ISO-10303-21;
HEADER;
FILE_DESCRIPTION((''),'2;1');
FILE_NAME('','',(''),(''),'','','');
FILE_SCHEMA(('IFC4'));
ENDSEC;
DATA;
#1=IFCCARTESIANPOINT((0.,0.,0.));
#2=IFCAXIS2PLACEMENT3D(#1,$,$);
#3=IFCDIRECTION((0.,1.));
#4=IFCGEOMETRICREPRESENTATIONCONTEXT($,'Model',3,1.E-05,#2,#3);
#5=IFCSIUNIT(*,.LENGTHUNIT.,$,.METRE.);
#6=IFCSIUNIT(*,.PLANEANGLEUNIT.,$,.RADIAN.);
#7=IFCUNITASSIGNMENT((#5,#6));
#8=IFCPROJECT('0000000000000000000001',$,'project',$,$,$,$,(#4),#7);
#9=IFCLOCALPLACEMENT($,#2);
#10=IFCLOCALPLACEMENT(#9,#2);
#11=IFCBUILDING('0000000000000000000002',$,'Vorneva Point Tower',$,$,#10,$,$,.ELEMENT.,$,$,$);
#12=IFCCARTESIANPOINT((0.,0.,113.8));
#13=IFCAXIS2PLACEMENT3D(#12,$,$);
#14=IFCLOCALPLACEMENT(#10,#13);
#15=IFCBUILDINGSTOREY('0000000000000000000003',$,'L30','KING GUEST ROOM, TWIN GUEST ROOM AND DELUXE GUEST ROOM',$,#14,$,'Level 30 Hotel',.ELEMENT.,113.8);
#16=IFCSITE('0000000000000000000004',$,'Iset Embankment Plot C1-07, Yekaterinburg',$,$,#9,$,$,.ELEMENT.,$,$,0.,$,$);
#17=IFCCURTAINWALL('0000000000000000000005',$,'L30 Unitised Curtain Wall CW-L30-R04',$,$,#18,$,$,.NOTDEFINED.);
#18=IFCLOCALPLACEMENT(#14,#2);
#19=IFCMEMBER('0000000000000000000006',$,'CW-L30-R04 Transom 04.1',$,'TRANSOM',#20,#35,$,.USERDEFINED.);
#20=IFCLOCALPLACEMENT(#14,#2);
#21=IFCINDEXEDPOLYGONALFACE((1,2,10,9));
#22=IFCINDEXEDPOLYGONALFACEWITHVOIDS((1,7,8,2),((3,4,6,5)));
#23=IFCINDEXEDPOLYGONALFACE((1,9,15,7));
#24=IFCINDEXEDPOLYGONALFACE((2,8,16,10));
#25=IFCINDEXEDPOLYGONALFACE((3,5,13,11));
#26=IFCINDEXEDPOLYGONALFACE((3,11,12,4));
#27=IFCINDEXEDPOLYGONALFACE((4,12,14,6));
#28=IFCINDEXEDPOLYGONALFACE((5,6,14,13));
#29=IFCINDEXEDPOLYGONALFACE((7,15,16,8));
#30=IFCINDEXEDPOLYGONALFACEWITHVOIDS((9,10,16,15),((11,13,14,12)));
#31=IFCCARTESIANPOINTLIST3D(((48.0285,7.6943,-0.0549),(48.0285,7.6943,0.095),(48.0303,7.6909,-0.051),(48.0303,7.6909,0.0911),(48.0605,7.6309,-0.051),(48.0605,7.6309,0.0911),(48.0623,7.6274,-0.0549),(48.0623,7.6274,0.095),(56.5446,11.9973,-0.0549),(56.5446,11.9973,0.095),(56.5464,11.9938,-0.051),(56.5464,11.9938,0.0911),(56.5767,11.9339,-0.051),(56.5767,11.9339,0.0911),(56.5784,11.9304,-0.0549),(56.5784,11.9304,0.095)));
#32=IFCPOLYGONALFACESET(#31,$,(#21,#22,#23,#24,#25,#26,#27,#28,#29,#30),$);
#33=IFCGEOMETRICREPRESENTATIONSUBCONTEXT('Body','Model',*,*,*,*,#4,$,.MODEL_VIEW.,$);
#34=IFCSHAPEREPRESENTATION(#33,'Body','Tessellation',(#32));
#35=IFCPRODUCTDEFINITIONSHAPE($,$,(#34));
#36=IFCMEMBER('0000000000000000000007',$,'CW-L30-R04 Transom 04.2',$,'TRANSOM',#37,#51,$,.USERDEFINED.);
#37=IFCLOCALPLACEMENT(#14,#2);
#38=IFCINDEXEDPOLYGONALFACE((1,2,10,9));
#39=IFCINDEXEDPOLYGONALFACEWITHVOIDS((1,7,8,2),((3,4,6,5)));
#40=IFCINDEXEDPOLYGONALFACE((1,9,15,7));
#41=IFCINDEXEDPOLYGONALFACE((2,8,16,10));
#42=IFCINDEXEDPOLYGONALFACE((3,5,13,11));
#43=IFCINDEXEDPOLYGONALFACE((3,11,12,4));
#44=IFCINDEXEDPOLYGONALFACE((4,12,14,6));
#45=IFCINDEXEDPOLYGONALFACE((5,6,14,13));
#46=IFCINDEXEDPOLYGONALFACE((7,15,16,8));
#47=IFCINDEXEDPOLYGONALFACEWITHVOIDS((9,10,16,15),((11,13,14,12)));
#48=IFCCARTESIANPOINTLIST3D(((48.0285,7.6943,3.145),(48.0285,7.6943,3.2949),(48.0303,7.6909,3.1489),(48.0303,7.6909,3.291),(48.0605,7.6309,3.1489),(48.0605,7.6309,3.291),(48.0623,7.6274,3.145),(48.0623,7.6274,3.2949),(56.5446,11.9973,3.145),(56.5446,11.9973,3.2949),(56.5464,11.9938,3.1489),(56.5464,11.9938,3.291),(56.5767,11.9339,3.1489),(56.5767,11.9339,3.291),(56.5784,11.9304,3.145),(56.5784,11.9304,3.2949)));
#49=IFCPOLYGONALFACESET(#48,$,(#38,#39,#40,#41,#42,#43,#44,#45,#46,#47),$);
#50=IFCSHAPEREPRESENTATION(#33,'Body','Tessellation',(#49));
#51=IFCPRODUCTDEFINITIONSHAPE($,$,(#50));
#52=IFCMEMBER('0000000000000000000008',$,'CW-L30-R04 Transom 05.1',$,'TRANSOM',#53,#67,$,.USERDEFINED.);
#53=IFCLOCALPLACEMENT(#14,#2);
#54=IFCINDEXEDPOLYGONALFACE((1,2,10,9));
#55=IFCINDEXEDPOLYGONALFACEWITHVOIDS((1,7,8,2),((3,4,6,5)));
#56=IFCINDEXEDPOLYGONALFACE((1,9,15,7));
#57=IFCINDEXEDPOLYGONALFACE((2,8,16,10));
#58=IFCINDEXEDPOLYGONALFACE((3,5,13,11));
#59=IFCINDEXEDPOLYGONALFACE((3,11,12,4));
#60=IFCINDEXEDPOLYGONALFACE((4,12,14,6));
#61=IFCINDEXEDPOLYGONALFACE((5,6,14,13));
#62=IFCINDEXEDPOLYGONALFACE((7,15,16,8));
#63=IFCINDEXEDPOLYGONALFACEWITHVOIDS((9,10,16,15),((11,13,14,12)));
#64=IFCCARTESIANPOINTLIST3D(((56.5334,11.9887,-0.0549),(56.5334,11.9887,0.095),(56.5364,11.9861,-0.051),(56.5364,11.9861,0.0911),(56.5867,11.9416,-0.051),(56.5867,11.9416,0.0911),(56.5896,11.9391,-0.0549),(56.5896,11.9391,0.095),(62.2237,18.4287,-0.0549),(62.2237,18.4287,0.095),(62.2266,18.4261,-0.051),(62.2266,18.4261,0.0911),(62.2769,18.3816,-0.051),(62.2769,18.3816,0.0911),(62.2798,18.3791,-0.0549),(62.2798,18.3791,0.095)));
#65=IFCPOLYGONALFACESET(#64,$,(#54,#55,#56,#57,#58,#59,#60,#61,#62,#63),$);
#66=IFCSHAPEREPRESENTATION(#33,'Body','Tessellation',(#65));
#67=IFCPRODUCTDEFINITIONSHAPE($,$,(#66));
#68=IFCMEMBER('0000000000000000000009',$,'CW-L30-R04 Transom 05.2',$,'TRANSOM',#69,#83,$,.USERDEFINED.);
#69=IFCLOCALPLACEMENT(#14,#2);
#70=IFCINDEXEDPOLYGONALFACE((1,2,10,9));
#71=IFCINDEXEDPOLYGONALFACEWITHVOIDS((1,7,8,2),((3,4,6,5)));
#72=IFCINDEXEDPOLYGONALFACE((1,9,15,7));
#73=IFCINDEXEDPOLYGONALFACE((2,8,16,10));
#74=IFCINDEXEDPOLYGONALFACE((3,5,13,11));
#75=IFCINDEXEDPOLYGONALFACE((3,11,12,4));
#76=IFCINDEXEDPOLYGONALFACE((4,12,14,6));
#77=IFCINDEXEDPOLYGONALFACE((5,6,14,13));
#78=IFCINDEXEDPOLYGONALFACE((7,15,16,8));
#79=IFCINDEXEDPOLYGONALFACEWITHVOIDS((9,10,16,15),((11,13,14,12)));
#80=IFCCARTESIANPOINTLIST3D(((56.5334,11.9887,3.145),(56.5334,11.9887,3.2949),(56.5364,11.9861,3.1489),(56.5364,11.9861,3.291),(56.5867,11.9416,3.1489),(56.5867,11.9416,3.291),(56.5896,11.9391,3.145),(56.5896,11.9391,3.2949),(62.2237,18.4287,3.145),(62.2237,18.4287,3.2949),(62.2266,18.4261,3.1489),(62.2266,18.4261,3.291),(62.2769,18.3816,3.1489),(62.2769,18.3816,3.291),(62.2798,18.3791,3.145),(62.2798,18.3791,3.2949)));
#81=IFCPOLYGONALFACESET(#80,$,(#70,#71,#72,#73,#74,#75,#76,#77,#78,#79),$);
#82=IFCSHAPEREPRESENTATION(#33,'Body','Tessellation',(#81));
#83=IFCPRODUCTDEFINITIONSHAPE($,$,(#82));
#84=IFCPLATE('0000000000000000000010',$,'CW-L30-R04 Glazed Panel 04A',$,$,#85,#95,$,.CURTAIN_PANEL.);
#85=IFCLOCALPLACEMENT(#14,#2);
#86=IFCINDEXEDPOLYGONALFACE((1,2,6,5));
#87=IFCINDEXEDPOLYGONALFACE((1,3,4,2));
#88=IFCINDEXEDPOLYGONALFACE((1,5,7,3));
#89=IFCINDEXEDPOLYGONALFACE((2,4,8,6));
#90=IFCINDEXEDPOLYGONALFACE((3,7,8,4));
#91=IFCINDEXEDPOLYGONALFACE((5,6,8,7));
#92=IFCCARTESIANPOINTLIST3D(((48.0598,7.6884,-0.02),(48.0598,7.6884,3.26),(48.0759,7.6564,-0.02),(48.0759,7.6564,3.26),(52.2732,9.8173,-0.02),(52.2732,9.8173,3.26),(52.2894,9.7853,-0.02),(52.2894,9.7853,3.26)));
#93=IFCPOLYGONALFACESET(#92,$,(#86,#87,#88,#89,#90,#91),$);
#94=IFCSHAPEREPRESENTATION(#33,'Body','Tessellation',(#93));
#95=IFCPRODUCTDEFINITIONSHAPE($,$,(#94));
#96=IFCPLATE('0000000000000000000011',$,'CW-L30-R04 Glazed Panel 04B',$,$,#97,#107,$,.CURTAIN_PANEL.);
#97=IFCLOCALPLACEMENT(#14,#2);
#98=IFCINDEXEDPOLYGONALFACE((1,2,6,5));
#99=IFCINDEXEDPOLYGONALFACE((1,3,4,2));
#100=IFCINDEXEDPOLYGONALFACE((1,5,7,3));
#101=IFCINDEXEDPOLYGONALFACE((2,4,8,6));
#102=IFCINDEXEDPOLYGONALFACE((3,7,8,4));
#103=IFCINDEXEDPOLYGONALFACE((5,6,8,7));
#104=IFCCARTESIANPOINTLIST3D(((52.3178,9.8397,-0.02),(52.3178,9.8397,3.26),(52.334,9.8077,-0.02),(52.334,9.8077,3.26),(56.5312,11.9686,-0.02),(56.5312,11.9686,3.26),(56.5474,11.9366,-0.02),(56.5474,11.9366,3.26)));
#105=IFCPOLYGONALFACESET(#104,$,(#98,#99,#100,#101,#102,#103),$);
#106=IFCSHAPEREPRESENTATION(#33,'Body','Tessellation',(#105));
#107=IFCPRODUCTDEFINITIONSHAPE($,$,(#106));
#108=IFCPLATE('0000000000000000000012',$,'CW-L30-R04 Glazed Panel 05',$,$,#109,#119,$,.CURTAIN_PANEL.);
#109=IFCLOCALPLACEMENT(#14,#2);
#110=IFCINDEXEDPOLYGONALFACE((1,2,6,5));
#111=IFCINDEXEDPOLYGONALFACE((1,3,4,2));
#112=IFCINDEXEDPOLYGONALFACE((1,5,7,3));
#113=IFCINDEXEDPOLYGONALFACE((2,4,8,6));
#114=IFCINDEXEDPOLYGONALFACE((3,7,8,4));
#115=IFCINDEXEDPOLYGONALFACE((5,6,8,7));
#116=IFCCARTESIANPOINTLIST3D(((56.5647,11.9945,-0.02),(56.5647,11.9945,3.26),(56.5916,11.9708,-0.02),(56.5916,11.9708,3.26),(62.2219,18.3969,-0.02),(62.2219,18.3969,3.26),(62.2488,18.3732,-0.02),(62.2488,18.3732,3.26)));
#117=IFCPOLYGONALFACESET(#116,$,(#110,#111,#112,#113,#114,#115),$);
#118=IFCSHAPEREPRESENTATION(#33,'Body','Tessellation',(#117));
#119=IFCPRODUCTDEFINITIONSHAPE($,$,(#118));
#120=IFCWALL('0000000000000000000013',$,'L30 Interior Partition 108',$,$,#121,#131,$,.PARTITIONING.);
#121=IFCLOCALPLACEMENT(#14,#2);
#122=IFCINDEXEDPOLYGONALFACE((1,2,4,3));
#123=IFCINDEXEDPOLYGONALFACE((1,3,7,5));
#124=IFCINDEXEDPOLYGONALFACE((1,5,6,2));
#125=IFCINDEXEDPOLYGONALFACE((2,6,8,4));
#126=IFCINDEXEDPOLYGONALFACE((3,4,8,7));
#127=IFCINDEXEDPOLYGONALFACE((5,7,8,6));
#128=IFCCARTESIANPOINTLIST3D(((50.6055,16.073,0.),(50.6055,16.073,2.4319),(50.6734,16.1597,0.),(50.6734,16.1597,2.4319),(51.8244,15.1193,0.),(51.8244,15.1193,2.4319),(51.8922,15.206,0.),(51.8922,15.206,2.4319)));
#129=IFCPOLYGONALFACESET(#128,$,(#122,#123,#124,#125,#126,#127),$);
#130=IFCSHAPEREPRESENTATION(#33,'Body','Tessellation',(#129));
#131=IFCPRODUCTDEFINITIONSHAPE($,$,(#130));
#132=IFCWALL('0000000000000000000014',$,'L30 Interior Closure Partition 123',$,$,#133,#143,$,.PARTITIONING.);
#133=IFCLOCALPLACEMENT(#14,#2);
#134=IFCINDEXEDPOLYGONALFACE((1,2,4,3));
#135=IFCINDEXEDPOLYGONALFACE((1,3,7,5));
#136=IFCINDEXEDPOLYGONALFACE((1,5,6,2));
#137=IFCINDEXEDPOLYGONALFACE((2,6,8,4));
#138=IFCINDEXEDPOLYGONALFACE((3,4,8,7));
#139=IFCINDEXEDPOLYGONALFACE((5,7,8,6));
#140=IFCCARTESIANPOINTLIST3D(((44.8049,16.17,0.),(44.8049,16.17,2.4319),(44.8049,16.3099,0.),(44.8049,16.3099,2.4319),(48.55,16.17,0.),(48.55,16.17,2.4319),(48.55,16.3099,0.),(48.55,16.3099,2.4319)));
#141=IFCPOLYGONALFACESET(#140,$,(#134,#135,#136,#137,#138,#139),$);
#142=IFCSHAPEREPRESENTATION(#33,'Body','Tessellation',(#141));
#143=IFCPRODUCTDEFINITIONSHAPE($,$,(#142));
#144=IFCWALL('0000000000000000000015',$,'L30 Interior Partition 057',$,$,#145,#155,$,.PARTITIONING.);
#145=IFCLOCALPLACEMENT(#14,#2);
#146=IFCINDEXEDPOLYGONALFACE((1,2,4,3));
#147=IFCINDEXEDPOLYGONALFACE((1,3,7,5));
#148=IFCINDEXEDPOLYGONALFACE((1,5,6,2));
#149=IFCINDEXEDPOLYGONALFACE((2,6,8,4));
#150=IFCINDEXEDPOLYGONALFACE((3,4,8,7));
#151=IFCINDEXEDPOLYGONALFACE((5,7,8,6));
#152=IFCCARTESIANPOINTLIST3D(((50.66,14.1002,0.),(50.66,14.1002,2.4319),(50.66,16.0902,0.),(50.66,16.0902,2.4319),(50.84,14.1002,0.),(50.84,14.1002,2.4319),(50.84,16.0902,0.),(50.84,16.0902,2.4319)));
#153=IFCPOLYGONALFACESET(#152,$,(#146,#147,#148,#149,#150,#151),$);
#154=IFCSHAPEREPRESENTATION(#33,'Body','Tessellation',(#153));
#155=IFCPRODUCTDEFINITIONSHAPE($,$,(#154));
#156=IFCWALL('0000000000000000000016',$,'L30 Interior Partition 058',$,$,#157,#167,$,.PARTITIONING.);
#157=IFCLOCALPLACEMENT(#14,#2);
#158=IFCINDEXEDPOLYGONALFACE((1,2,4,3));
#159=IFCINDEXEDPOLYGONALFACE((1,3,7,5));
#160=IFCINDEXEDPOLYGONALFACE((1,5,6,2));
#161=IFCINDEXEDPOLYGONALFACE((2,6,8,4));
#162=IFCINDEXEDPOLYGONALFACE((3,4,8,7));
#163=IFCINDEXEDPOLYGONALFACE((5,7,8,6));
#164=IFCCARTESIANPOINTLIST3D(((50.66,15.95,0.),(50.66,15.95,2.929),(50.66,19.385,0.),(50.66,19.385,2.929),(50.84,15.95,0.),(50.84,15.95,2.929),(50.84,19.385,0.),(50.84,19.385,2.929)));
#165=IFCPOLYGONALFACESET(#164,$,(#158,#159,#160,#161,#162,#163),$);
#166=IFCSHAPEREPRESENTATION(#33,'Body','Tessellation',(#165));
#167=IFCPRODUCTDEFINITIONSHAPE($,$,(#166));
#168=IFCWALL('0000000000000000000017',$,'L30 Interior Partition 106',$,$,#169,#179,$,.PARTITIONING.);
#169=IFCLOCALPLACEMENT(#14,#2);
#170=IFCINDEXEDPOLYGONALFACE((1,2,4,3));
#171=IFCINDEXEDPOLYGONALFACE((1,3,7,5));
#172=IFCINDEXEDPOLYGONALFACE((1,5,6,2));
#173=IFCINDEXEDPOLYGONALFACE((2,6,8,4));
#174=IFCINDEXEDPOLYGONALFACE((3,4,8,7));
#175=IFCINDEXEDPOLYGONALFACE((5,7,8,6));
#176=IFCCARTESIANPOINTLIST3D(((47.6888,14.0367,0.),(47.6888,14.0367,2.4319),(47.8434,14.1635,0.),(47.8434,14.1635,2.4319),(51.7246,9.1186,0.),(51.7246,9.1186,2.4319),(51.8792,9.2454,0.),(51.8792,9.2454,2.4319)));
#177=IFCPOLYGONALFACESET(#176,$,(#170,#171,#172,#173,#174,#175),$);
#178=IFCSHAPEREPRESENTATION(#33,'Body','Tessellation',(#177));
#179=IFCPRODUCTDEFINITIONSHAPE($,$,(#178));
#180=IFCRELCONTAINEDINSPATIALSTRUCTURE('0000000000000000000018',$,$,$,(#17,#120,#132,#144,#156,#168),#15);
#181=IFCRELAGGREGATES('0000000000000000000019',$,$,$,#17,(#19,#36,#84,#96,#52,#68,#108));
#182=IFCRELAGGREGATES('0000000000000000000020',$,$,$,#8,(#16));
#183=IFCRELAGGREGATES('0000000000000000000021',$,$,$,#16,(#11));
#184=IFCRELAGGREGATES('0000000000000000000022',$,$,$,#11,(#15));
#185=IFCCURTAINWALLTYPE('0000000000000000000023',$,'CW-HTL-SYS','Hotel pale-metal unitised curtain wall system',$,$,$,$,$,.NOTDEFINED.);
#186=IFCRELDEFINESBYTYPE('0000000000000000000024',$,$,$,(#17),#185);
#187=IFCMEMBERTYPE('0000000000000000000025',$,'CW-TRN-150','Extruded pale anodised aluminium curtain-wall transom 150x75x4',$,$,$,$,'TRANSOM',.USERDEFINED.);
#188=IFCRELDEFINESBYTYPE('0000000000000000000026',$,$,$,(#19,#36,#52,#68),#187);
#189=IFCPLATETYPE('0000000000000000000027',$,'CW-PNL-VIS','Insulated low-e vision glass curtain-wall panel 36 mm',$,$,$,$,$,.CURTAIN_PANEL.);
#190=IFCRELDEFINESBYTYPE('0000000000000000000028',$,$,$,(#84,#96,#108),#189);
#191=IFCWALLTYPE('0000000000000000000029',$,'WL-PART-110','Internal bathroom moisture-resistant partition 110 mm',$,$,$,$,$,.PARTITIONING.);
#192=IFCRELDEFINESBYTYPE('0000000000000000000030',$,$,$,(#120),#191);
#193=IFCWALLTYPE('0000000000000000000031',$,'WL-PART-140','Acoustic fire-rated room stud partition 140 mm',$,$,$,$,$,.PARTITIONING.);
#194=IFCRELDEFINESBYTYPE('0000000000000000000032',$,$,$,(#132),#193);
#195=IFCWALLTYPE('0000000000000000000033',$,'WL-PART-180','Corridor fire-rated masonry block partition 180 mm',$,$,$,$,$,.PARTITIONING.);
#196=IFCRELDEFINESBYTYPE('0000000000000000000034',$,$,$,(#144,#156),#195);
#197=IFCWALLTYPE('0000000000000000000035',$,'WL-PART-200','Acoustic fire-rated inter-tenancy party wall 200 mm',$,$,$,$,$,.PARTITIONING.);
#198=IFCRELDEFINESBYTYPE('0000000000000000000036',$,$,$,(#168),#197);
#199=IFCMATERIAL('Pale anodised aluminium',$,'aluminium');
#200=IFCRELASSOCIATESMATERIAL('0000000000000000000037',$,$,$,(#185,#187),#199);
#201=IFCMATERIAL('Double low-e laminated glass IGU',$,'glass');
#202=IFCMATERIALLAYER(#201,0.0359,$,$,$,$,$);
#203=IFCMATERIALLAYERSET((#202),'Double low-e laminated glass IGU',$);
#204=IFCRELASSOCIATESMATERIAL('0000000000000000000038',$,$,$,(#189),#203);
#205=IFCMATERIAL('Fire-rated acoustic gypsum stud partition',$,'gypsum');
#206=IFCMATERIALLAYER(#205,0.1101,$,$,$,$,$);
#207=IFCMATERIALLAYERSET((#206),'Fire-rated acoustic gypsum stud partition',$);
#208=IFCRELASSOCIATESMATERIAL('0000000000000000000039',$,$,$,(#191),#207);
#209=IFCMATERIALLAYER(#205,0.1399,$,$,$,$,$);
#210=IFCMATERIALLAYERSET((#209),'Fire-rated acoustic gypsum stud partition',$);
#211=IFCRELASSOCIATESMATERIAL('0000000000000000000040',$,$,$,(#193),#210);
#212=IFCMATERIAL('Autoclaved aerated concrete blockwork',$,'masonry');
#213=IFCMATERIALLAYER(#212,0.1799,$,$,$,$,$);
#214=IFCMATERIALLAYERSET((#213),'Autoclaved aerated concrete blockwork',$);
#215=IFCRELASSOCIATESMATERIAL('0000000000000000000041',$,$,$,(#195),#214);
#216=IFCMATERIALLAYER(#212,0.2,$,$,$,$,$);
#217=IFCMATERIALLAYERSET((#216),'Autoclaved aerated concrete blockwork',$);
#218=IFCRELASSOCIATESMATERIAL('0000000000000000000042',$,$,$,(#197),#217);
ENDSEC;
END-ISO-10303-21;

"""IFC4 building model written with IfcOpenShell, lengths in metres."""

from ifc_helpers import new_model, si_unit, direction, frame, frame_2d, origin, origin_2d, place, context, subcontext, project, spatial, rectangle, hollow_rectangle, extrude, material, layer, layer_set, material_profile, profile_set, type_object, element, aggregate, save


model = new_model("IFC4")

# Units and contexts
model_context = context("Model", 3, precision=1e-05, world=origin(), true_north=direction((0.0, 1.0)))
body_context = subcontext(model_context, "Body", "Model", "MODEL_VIEW")
ifc_project = project(units=[si_unit("LENGTHUNIT", "METRE"), si_unit("PLANEANGLEUNIT", "RADIAN")], contexts=[model_context])

# Site, building, storey
site_placement = place(None, origin())
site = spatial("IfcSite", under=ifc_project, at=site_placement, Name="Iset Embankment Plot C1-07, Yekaterinburg", CompositionType="ELEMENT", RefElevation=0.0)
building_placement = place(site_placement, origin())
building = spatial("IfcBuilding", under=site, at=building_placement, Name="Vorneva Point Tower", CompositionType="ELEMENT")
storey_placement = place(building_placement, frame((0.0, 0.0, 113.8)))
storey = spatial("IfcBuildingStorey", under=building, at=storey_placement, Name="L30", Description="KING GUEST ROOM, TWIN GUEST ROOM AND DELUXE GUEST ROOM", LongName="Level 30 Hotel", CompositionType="ELEMENT", Elevation=113.8)

# Curtain wall, members, plates
ifc_material_1 = material(Name="Pale anodised aluminium", Category="aluminium")
curtain_wall_type = type_object("IfcCurtainWallType", Name="CW-HTL-SYS", Description="Hotel pale-metal unitised curtain wall system", PredefinedType="NOTDEFINED", material=ifc_material_1)
curtain_wall_placement = place(storey_placement, origin())
curtain_wall = element("IfcCurtainWall", 1, at=curtain_wall_placement, inside=storey, type_object=curtain_wall_type, Name="L30 Unitised Curtain Wall CW-L30-R04", PredefinedType="NOTDEFINED")
ifc_material_profile_1 = material_profile(ifc_material_1, hollow_rectangle(XDim=0.075, YDim=0.1499, WallThickness=0.0039, at=origin_2d()), Name="AL-TRN 150x75x4")
ifc_profile_set_1 = profile_set([ifc_material_profile_1], Name="Pale anodised aluminium")
member_type_1 = type_object("IfcMemberType", Name="CW-TRN-150", Description="Extruded pale anodised aluminium curtain-wall transom 150x75x4", ElementType="TRANSOM", PredefinedType="USERDEFINED", material=ifc_profile_set_1)
member_1_placement = place(storey_placement, frame((48.0454, 7.6609, 0.02), z_axis=(0.892536, 0.450976, 0.0), x_axis=(-0.450976, 0.892536, 0.0)))
member_1 = element("IfcMember", 2, at=member_1_placement, type_object=member_type_1, Name="CW-L30-R04 Transom 04.1", ObjectType="TRANSOM", PredefinedType="USERDEFINED", context=body_context, shape_type="SweptSolid", body=[
    extrude(hollow_rectangle(XDim=0.075, YDim=0.1499, WallThickness=0.0039, at=origin_2d()), origin(), (0.0, 0.0, 1.0), 9.5415),
])
member_2_placement = place(storey_placement, frame((48.0454, 7.6609, 3.22), z_axis=(0.892536, 0.450976, 0.0), x_axis=(-0.450976, 0.892536, 0.0)))
member_2 = element("IfcMember", 3, at=member_2_placement, type_object=member_type_1, Name="CW-L30-R04 Transom 04.2", ObjectType="TRANSOM", PredefinedType="USERDEFINED", context=body_context, shape_type="SweptSolid", body=[
    extrude(hollow_rectangle(XDim=0.075, YDim=0.1499, WallThickness=0.0039, at=origin_2d()), origin(), (0.0, 0.0, 1.0), 9.5415),
])
member_3_placement = place(storey_placement, frame((56.5615, 11.9639, 0.02), z_axis=(0.662137, 0.749383, 0.0), x_axis=(-0.749383, 0.662137, 0.0)))
member_3 = element("IfcMember", 4, at=member_3_placement, type_object=member_type_1, Name="CW-L30-R04 Transom 05.1", ObjectType="TRANSOM", PredefinedType="USERDEFINED", context=body_context, shape_type="SweptSolid", body=[
    extrude(hollow_rectangle(XDim=0.075, YDim=0.1499, WallThickness=0.0039, at=origin_2d()), origin(), (0.0, 0.0, 1.0), 8.5938),
])
member_4_placement = place(storey_placement, frame((56.5615, 11.9639, 3.22), z_axis=(0.662137, 0.749383, 0.0), x_axis=(-0.749383, 0.662137, 0.0)))
member_4 = element("IfcMember", 5, at=member_4_placement, type_object=member_type_1, Name="CW-L30-R04 Transom 05.2", ObjectType="TRANSOM", PredefinedType="USERDEFINED", context=body_context, shape_type="SweptSolid", body=[
    extrude(hollow_rectangle(XDim=0.075, YDim=0.1499, WallThickness=0.0039, at=origin_2d()), origin(), (0.0, 0.0, 1.0), 8.5938),
])
ifc_material_2 = material(Name="Double low-e laminated glass IGU", Category="glass")
ifc_layer_1 = layer(ifc_material_2, 0.0359)
ifc_layer_set_1 = layer_set([ifc_layer_1], Name="Double low-e laminated glass IGU")
plate_type = type_object("IfcPlateType", Name="CW-PNL-VIS", Description="Insulated low-e vision glass curtain-wall panel 36 mm", PredefinedType="CURTAIN_PANEL", material=ifc_layer_set_1)
plate_1_placement = place(storey_placement, frame((50.1746, 8.7368, -0.02), z_axis=(0.0, 0.0, 1.0), x_axis=(0.892539, 0.450971, 0.0)))
plate_1 = element("IfcPlate", 6, at=plate_1_placement, type_object=plate_type, Name="CW-L30-R04 Glazed Panel 04A", PredefinedType="CURTAIN_PANEL", context=body_context, shape_type="SweptSolid", body=[
    extrude(rectangle(XDim=4.7207, YDim=0.0359, at=origin_2d()), origin(), (0.0, 0.0, 1.0), 3.28),
])
plate_2_placement = place(storey_placement, frame((54.4326, 10.8882, -0.02), z_axis=(0.0, 0.0, 1.0), x_axis=(0.892539, 0.450971, 0.0)))
plate_2 = element("IfcPlate", 7, at=plate_2_placement, type_object=plate_type, Name="CW-L30-R04 Glazed Panel 04B", PredefinedType="CURTAIN_PANEL", context=body_context, shape_type="SweptSolid", body=[
    extrude(rectangle(XDim=4.7207, YDim=0.0359, at=origin_2d()), origin(), (0.0, 0.0, 1.0), 3.28),
])
plate_3_placement = place(storey_placement, frame((59.4067, 15.1838, -0.02), z_axis=(0.0, 0.0, 1.0), x_axis=(0.662149, 0.749372, 0.0)))
plate_3 = element("IfcPlate", 8, at=plate_3_placement, type_object=plate_type, Name="CW-L30-R04 Glazed Panel 05", PredefinedType="CURTAIN_PANEL", context=body_context, shape_type="SweptSolid", body=[
    extrude(rectangle(XDim=8.5437, YDim=0.0359, at=origin_2d()), origin(), (0.0, 0.0, 1.0), 3.28),
])
aggregate(curtain_wall, [member_1, member_2, plate_1, plate_2, member_3, member_4, plate_3])

# Walls
ifc_material_3 = material(Name="Fire-rated acoustic gypsum stud partition", Category="gypsum")
ifc_layer_2 = layer(ifc_material_3, 0.1101)
ifc_layer_set_2 = layer_set([ifc_layer_2], Name="Fire-rated acoustic gypsum stud partition")
wall_type_1 = type_object("IfcWallType", Name="WL-PART-110", Description="Internal bathroom moisture-resistant partition 110 mm", PredefinedType="PARTITIONING", material=ifc_layer_set_2)
wall_1_placement = place(storey_placement, frame((51.8584, 15.1626, 0.0), z_axis=(0.0, 0.0, 1.0), x_axis=(-0.787565, 0.616232, 0.0)))
element("IfcWall", 9, at=wall_1_placement, inside=storey, type_object=wall_type_1, Name="L30 Interior Partition 108", PredefinedType="PARTITIONING", context=body_context, shape_type="SweptSolid", body=[
    extrude(rectangle(XDim=1.5476, YDim=0.1101, at=frame_2d((0.7739, 0.0))), origin(), (0.0, 0.0, 1.0), 2.4319),
])
ifc_layer_3 = layer(ifc_material_3, 0.1399)
ifc_layer_set_3 = layer_set([ifc_layer_3], Name="Fire-rated acoustic gypsum stud partition")
wall_type_2 = type_object("IfcWallType", Name="WL-PART-140", Description="Acoustic fire-rated room stud partition 140 mm", PredefinedType="PARTITIONING", material=ifc_layer_set_3)
wall_2_placement = place(storey_placement, frame((48.55, 16.24, 0.0), z_axis=(0.0, 0.0, 1.0), x_axis=(-1.0, 0.0, 0.0)))
element("IfcWall", 10, at=wall_2_placement, inside=storey, type_object=wall_type_2, Name="L30 Interior Closure Partition 123", PredefinedType="PARTITIONING", context=body_context, shape_type="SweptSolid", body=[
    extrude(rectangle(XDim=3.7451, YDim=0.1399, at=frame_2d((1.8726, 0.0))), origin(), (0.0, 0.0, 1.0), 2.4319),
])
ifc_material_4 = material(Name="Autoclaved aerated concrete blockwork", Category="masonry")
ifc_layer_4 = layer(ifc_material_4, 0.1799)
ifc_layer_set_4 = layer_set([ifc_layer_4], Name="Autoclaved aerated concrete blockwork")
wall_type_3 = type_object("IfcWallType", Name="WL-PART-180", Description="Corridor fire-rated masonry block partition 180 mm", PredefinedType="PARTITIONING", material=ifc_layer_set_4)
wall_3_placement = place(storey_placement, frame((50.75, 14.1001, 0.0), z_axis=(0.0, 0.0, 1.0), x_axis=(0.0, 1.0, 0.0)))
element("IfcWall", 11, at=wall_3_placement, inside=storey, type_object=wall_type_3, Name="L30 Interior Partition 057", PredefinedType="PARTITIONING", context=body_context, shape_type="SweptSolid", body=[
    extrude(rectangle(XDim=1.99, YDim=0.1799, at=frame_2d((0.9951, 0.0))), origin(), (0.0, 0.0, 1.0), 2.4319),
])
wall_4_placement = place(storey_placement, frame((50.75, 15.95, 0.0), z_axis=(0.0, 0.0, 1.0), x_axis=(0.0, 1.0, 0.0)))
element("IfcWall", 12, at=wall_4_placement, inside=storey, type_object=wall_type_3, Name="L30 Interior Partition 058", PredefinedType="PARTITIONING", context=body_context, shape_type="SweptSolid", body=[
    extrude(rectangle(XDim=3.4351, YDim=0.1799, at=frame_2d((1.7175, 0.0))), origin(), (0.0, 0.0, 1.0), 2.929),
])
ifc_layer_5 = layer(ifc_material_4, 0.2)
ifc_layer_set_5 = layer_set([ifc_layer_5], Name="Autoclaved aerated concrete blockwork")
wall_type_4 = type_object("IfcWallType", Name="WL-PART-200", Description="Acoustic fire-rated inter-tenancy party wall 200 mm", PredefinedType="PARTITIONING", material=ifc_layer_set_5)
wall_5_placement = place(storey_placement, frame((51.802, 9.1819, 0.0), z_axis=(0.0, 0.0, 1.0), x_axis=(-0.634357, 0.77304, 0.0)))
element("IfcWall", 13, at=wall_5_placement, inside=storey, type_object=wall_type_4, Name="L30 Interior Partition 106", PredefinedType="PARTITIONING", context=body_context, shape_type="SweptSolid", body=[
    extrude(rectangle(XDim=6.3621, YDim=0.2, at=frame_2d((3.1812, 0.0))), origin(), (0.0, 0.0, 1.0), 2.4319),
])

save(model, "model.ifc")
